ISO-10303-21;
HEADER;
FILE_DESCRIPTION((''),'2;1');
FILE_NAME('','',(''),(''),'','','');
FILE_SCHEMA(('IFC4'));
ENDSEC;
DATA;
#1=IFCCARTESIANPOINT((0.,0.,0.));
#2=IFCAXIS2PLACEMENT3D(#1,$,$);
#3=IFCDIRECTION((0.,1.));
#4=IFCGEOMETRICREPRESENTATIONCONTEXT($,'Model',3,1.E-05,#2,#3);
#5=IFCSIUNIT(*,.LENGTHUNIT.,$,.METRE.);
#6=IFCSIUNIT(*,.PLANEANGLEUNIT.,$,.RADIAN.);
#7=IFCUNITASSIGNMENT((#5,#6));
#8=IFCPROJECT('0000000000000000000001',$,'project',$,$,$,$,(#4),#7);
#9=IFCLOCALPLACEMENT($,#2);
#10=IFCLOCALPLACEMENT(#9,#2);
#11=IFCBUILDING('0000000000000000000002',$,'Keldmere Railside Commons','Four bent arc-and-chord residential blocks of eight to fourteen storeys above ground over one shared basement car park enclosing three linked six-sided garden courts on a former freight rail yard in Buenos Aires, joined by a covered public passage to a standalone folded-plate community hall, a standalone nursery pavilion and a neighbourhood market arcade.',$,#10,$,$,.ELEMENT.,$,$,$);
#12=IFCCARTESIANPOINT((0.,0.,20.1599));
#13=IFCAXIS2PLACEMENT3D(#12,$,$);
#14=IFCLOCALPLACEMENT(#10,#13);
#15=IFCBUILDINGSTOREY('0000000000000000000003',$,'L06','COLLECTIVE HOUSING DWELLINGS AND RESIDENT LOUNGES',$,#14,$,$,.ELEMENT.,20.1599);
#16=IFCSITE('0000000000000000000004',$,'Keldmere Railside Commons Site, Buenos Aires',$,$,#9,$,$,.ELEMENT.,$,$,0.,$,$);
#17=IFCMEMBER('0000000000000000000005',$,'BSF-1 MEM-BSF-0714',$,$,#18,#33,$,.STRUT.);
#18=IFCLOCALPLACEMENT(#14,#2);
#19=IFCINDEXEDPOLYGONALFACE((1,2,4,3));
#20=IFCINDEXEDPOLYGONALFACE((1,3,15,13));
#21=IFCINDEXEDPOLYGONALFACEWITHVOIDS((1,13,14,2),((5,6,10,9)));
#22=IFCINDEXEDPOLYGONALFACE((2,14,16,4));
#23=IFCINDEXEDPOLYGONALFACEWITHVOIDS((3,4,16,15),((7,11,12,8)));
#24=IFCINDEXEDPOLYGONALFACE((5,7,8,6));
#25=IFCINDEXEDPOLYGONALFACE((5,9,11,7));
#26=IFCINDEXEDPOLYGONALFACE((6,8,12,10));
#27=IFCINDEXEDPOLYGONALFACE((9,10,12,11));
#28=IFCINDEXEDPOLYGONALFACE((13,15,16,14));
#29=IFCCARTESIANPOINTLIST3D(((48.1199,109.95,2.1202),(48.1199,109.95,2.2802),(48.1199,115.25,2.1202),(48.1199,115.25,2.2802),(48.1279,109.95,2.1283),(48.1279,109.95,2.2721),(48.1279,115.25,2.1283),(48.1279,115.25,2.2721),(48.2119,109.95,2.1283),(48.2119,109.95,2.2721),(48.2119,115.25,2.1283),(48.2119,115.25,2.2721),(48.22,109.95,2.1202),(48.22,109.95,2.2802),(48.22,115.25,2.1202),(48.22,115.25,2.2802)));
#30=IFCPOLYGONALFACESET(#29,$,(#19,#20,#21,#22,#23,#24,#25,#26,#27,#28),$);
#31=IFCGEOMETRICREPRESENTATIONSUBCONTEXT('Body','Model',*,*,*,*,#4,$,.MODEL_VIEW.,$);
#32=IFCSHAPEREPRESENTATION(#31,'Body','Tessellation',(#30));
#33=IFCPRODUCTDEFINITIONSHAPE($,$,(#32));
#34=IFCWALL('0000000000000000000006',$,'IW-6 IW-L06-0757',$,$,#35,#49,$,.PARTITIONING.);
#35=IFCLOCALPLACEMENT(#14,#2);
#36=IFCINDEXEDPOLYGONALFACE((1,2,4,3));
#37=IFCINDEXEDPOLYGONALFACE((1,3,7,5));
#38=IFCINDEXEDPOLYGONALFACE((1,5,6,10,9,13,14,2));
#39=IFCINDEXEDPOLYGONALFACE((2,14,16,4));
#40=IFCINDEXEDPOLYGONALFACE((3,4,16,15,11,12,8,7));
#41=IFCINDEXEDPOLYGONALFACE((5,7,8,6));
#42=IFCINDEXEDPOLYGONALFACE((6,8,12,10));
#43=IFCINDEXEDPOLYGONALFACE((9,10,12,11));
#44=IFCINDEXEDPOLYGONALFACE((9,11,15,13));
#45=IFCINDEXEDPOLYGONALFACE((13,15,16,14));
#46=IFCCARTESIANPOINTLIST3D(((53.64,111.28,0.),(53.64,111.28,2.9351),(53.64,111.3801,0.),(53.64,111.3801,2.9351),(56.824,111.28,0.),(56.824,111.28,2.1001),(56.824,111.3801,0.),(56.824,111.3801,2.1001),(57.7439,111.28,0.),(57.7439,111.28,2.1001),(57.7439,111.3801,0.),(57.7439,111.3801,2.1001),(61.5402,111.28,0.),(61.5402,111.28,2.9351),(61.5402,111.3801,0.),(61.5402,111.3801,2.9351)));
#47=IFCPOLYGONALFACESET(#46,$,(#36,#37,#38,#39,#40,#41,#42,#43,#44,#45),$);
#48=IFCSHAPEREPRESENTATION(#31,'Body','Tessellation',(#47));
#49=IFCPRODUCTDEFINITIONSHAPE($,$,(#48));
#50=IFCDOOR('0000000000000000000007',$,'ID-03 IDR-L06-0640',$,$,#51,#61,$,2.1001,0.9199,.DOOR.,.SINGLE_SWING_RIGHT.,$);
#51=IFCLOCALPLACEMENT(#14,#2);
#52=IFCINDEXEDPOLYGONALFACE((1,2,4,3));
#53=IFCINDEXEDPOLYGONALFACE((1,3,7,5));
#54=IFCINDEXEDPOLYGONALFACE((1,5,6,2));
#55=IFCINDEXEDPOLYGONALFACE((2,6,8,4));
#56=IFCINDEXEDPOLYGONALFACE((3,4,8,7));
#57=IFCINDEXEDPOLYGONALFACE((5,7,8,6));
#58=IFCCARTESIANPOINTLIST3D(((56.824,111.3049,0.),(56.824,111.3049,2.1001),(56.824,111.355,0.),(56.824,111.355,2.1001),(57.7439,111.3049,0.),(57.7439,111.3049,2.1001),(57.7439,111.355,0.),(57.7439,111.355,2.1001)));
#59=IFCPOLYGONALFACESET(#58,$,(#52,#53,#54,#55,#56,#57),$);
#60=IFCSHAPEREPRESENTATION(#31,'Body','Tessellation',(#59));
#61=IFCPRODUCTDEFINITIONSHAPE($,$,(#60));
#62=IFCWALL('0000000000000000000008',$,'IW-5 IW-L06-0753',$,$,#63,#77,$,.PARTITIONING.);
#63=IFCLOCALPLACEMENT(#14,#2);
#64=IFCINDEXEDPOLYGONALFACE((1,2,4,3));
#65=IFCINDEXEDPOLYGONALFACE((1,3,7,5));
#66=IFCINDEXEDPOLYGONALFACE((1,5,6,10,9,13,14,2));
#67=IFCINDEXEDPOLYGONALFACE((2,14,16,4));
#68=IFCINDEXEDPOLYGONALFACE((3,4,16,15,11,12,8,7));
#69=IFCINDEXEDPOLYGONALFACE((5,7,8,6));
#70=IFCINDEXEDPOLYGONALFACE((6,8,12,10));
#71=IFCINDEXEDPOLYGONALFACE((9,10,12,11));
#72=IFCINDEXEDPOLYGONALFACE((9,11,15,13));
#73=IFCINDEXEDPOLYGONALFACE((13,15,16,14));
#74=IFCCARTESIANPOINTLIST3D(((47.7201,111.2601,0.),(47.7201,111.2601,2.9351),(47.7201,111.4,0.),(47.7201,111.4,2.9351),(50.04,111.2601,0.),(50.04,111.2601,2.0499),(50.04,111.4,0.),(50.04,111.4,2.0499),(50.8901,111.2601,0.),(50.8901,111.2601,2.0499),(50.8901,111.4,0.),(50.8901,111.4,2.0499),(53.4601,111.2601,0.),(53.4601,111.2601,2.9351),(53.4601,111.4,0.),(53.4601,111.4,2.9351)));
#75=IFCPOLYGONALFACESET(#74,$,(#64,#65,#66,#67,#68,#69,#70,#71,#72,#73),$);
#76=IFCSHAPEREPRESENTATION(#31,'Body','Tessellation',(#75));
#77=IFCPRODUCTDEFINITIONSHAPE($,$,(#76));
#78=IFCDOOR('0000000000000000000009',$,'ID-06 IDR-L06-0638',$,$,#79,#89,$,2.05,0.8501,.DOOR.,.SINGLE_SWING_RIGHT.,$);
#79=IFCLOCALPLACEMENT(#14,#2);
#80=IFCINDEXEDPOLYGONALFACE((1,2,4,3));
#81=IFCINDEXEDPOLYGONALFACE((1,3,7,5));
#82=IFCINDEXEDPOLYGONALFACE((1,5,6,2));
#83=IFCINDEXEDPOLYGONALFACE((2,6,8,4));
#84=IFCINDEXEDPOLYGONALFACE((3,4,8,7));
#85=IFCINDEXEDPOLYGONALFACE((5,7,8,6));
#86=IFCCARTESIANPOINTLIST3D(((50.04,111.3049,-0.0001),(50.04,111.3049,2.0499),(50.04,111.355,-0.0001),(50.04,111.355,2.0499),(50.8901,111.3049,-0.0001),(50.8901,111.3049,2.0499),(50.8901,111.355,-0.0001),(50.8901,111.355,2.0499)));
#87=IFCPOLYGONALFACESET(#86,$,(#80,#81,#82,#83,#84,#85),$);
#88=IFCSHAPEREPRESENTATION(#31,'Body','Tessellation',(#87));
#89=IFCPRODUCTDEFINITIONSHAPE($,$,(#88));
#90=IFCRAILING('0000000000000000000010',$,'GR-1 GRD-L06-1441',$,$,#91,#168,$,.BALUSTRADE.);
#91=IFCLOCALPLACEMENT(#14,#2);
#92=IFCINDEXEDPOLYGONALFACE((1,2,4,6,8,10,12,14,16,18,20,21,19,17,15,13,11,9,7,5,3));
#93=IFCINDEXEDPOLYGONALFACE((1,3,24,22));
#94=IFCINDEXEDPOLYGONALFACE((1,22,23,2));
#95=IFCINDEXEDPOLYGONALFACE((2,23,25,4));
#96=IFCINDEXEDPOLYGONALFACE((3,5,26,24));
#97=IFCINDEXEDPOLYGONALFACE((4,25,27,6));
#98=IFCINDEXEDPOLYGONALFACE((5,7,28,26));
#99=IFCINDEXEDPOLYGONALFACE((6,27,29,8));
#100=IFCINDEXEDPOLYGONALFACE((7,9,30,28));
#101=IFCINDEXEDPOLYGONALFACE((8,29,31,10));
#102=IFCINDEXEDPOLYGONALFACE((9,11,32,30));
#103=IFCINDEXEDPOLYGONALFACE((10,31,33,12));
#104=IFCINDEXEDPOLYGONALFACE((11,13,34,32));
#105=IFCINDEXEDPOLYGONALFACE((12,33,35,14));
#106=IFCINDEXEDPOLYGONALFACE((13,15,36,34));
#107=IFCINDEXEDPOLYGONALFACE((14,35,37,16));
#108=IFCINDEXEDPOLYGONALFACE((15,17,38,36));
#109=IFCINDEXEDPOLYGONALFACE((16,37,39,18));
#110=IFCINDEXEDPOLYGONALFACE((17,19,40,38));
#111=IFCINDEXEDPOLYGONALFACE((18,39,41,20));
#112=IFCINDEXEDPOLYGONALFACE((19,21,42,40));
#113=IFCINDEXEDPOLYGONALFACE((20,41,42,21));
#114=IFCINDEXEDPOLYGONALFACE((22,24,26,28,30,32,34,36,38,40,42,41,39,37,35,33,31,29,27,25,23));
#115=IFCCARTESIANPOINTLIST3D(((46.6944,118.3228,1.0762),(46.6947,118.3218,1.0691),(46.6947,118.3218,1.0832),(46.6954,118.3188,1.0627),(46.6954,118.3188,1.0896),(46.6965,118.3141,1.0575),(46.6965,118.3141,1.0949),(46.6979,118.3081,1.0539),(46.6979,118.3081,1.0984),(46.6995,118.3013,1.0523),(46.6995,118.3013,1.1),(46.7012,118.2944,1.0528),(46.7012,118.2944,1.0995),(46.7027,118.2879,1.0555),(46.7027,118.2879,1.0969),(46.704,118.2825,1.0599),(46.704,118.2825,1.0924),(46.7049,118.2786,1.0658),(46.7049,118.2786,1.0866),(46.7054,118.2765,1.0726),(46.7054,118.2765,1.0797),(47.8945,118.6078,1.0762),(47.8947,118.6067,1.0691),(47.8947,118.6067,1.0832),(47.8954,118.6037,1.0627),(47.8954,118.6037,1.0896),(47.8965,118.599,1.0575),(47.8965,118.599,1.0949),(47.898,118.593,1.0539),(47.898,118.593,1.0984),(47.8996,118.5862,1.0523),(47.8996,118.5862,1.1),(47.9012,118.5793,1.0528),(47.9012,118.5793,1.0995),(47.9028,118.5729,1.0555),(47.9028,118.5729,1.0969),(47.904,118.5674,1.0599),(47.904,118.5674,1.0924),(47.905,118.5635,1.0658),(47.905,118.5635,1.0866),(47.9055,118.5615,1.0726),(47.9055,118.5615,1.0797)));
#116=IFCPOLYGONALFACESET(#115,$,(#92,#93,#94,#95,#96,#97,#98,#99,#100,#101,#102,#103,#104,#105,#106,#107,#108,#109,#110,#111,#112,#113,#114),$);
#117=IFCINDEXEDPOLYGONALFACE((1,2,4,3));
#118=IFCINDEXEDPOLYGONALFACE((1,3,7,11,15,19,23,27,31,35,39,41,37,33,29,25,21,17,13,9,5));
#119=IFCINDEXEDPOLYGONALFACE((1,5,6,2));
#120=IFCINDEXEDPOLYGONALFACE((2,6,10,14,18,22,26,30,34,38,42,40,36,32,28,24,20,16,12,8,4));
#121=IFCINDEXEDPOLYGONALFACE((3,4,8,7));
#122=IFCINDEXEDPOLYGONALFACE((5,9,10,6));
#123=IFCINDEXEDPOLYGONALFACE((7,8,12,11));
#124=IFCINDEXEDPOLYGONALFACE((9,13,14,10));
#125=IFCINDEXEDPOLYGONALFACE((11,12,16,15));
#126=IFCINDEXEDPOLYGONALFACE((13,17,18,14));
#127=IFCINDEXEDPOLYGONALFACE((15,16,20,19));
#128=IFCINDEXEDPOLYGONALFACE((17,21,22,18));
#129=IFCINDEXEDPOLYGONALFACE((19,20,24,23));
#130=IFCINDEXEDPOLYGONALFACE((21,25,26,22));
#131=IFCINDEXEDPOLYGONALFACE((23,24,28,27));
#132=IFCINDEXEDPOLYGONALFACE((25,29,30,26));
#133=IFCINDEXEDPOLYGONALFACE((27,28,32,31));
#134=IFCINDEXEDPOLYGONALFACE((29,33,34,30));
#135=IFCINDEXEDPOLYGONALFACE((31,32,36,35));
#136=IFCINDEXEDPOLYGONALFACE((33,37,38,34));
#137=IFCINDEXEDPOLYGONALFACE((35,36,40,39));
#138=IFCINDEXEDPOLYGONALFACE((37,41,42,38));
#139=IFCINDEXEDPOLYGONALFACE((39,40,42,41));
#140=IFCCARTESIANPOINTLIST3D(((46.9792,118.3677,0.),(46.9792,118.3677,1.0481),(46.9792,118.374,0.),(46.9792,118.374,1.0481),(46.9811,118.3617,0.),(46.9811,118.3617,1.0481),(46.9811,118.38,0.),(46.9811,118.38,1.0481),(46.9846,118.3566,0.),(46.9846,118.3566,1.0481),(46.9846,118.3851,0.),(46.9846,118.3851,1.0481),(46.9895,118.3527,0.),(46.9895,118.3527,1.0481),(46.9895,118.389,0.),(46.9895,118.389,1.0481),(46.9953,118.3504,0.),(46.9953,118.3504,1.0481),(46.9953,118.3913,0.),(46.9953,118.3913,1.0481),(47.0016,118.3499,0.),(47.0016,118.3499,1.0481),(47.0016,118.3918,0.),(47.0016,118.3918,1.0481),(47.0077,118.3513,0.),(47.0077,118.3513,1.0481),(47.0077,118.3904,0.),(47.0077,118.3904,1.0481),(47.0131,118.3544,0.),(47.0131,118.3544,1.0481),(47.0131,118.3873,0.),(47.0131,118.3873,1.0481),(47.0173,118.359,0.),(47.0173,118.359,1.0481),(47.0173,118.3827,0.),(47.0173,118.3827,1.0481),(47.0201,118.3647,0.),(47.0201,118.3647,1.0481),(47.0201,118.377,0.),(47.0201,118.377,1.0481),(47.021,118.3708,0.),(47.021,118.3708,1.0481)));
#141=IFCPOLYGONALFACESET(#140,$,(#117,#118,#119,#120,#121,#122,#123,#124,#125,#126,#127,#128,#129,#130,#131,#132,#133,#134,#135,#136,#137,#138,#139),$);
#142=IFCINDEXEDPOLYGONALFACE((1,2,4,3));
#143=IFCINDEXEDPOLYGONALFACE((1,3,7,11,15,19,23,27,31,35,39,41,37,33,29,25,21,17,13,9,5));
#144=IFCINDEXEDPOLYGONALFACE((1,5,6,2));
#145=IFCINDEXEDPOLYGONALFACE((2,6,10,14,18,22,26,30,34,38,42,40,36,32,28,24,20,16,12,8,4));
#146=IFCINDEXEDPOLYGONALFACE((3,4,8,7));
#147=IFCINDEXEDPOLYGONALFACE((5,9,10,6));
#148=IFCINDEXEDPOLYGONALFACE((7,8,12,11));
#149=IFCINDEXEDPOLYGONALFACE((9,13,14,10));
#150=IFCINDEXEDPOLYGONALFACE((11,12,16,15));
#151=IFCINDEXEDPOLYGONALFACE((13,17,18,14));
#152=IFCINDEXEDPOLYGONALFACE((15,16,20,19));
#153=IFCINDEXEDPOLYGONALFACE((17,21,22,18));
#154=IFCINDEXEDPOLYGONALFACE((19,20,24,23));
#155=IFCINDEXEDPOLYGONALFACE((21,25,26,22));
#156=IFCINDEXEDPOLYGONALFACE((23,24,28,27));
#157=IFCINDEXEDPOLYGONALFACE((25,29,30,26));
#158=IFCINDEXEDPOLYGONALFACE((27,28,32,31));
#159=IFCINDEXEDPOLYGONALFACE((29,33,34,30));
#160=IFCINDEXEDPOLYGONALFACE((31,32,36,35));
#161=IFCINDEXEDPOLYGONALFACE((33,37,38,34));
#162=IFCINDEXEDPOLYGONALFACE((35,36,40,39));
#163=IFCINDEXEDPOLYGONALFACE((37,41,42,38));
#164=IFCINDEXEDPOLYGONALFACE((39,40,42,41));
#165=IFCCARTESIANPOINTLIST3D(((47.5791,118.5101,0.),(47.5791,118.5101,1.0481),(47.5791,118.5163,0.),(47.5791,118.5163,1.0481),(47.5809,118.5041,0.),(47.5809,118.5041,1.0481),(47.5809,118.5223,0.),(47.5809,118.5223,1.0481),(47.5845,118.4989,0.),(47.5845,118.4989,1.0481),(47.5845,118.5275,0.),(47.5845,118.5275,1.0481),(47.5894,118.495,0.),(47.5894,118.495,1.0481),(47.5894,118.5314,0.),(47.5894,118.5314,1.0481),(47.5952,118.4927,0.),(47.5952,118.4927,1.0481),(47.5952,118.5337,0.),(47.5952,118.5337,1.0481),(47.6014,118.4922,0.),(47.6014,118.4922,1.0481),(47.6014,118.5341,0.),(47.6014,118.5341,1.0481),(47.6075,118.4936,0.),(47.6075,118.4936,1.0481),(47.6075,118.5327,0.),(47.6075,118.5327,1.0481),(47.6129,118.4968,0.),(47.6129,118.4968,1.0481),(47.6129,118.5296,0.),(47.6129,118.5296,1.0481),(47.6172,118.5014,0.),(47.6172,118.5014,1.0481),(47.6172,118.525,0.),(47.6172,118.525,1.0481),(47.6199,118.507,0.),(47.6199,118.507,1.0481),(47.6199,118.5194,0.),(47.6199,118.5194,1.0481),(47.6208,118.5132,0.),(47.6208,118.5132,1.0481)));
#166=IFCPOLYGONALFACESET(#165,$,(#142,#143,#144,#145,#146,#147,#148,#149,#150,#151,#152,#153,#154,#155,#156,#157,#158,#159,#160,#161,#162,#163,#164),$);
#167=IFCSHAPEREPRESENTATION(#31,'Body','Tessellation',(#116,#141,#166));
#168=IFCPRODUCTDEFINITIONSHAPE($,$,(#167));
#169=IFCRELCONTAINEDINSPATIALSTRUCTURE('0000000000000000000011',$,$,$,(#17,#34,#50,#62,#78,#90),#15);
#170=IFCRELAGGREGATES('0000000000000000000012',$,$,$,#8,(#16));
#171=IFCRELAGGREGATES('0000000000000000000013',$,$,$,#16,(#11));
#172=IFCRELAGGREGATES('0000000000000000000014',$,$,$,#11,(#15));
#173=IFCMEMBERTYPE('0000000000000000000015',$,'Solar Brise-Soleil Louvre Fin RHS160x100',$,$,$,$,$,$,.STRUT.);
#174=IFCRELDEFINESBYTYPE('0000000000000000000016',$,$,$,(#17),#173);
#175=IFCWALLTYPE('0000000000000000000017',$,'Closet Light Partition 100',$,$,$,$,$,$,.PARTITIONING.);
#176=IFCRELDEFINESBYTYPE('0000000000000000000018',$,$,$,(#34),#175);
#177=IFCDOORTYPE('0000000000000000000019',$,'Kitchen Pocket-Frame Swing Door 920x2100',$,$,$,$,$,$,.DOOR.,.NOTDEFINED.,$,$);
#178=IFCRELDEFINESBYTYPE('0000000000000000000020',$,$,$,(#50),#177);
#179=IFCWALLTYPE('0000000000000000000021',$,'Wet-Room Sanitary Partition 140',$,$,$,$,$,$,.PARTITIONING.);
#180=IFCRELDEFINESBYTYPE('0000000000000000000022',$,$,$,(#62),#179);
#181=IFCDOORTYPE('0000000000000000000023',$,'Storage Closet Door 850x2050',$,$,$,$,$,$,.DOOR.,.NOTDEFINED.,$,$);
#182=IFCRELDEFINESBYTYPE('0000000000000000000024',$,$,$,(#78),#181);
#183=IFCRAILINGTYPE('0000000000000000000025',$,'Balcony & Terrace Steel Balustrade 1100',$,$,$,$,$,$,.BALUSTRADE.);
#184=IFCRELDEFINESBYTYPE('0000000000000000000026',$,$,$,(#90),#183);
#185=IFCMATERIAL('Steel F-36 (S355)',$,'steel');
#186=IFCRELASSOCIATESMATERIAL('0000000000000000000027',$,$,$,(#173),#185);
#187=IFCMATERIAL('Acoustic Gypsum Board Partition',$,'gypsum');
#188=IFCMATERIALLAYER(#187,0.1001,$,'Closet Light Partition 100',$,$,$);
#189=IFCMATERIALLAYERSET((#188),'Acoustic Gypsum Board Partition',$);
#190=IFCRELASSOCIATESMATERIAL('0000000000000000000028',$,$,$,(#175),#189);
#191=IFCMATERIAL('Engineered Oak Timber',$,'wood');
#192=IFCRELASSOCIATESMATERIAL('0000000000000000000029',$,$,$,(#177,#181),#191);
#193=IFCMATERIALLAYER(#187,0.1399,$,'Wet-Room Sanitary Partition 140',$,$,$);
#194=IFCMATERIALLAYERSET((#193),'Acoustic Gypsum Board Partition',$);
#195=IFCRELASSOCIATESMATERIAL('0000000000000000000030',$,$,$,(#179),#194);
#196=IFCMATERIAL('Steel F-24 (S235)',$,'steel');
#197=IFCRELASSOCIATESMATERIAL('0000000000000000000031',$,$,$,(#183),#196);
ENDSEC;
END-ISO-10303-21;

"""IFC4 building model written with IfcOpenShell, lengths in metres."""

from ifc_helpers import new_model, si_unit, direction, frame, frame_2d, origin, origin_2d, place, context, subcontext, project, spatial, rectangle, hollow_rectangle, circle, extrude, material, layer, layer_set, material_profile, profile_set, type_object, element, fill, save


model = new_model("IFC4")

# Units and contexts
model_context = context("Model", 3, precision=1e-05, world=origin(), true_north=direction((0.0, 1.0)))
body_context = subcontext(model_context, "Body", "Model", "MODEL_VIEW")
ifc_project = project(units=[si_unit("LENGTHUNIT", "METRE"), si_unit("PLANEANGLEUNIT", "RADIAN")], contexts=[model_context])

# Site, building, storey
site_placement = place(None, origin())
site = spatial("IfcSite", under=ifc_project, at=site_placement, Name="Keldmere Railside Commons Site, Buenos Aires", CompositionType="ELEMENT", RefElevation=0.0)
building_placement = place(site_placement, origin())
building = spatial("IfcBuilding", under=site, at=building_placement, Name="Keldmere Railside Commons", Description="Four bent arc-and-chord residential blocks of eight to fourteen storeys above ground over one shared basement car park enclosing three linked six-sided garden courts on a former freight rail yard in Buenos Aires, joined by a covered public passage to a standalone folded-plate community hall, a standalone nursery pavilion and a neighbourhood market arcade.", CompositionType="ELEMENT")
storey_placement = place(building_placement, frame((0.0, 0.0, 20.1599)))
storey = spatial("IfcBuildingStorey", under=building, at=storey_placement, Name="L06", Description="COLLECTIVE HOUSING DWELLINGS AND RESIDENT LOUNGES", CompositionType="ELEMENT", Elevation=20.1599)

# Shared definitions
ifc_material_1 = material(Name="Steel F-36 (S355)", Category="steel")

# Member
ifc_material_profile_1 = material_profile(ifc_material_1, hollow_rectangle(XDim=0.1001, YDim=0.1599, WallThickness=0.0081, at=origin_2d()), Name="RHS-160x100x8")
ifc_profile_set_1 = profile_set([ifc_material_profile_1], Name="Steel F-36 (S355)")
member_type_1 = type_object("IfcMemberType", Name="Solar Brise-Soleil Louvre Fin RHS160x100", PredefinedType="STRUT", material=ifc_profile_set_1)
member_1_placement = place(storey_placement, frame((48.1699, 109.95, 2.2002), z_axis=(0.0, 1.0, 0.0), x_axis=(-1.0, 0.0, 0.0)))
element("IfcMember", 1, at=member_1_placement, inside=storey, type_object=member_type_1, Name="BSF-1 MEM-BSF-0714", PredefinedType="STRUT", context=body_context, shape_type="SweptSolid", body=[
    extrude(hollow_rectangle(XDim=0.1001, YDim=0.1599, WallThickness=0.0081, at=origin_2d()), origin(), (0.0, 0.0, 1.0), 5.3),
])

# Walls, openings, doors
ifc_material_2 = material(Name="Acoustic Gypsum Board Partition", Category="gypsum")
ifc_layer_1 = layer(ifc_material_2, 0.1001, Name="Closet Light Partition 100")
ifc_layer_set_1 = layer_set([ifc_layer_1], Name="Acoustic Gypsum Board Partition")
wall_type_1 = type_object("IfcWallType", Name="Closet Light Partition 100", PredefinedType="PARTITIONING", material=ifc_layer_set_1)
wall_1_placement = place(storey_placement, frame((53.6399, 111.3301, 0.0), z_axis=(0.0, 0.0, 1.0), x_axis=(1.0, 0.0, 0.0)))
wall_1 = element("IfcWall", 2, at=wall_1_placement, inside=storey, type_object=wall_type_1, Name="IW-6 IW-L06-0757", PredefinedType="PARTITIONING", context=body_context, shape_type="SweptSolid", body=[
    extrude(rectangle(XDim=7.9001, YDim=0.1001, at=frame_2d((3.9502, 0.0))), origin(), (0.0, 0.0, 1.0), 2.9351),
])
opening_1_placement = place(wall_1_placement, frame((3.1841, 0.0, 0.0)))
opening_1 = element("IfcOpeningElement", 3, at=opening_1_placement, cuts=wall_1, PredefinedType="OPENING", context=body_context, shape_type="SweptSolid", body=[
    extrude(rectangle(XDim=0.9199, YDim=2.1001, at=frame_2d((0.46, 1.05))), frame((0.0, 0.0601, 0.0), z_axis=(0.0, -1.0, 0.0), x_axis=(1.0, 0.0, 0.0)), (0.0, 0.0, 1.0), 0.1201),
])
ifc_material_3 = material(Name="Engineered Oak Timber", Category="wood")
door_type_1 = type_object("IfcDoorType", Name="Kitchen Pocket-Frame Swing Door 920x2100", OperationType="NOTDEFINED", PredefinedType="DOOR", material=ifc_material_3)
door_1_placement = place(opening_1_placement, origin())
door_1 = element("IfcDoor", 4, at=door_1_placement, inside=storey, type_object=door_type_1, Name="ID-03 IDR-L06-0640", OperationType="SINGLE_SWING_RIGHT", OverallHeight=2.1001, OverallWidth=0.9199, PredefinedType="DOOR", context=body_context, shape_type="SweptSolid", body=[
    extrude(rectangle(XDim=0.9199, YDim=2.1001, at=frame_2d((0.46, 1.05))), frame((0.0, 0.0249, 0.0), z_axis=(0.0, -1.0, 0.0), x_axis=(1.0, 0.0, 0.0)), (0.0, 0.0, 1.0), 0.05),
])
fill(opening_1, door_1)
ifc_layer_2 = layer(ifc_material_2, 0.1399, Name="Wet-Room Sanitary Partition 140")
ifc_layer_set_2 = layer_set([ifc_layer_2], Name="Acoustic Gypsum Board Partition")
wall_type_2 = type_object("IfcWallType", Name="Wet-Room Sanitary Partition 140", PredefinedType="PARTITIONING", material=ifc_layer_set_2)
wall_2_placement = place(storey_placement, frame((47.72, 111.3301, 0.0), z_axis=(0.0, 0.0, 1.0), x_axis=(1.0, 0.0, 0.0)))
wall_2 = element("IfcWall", 5, at=wall_2_placement, inside=storey, type_object=wall_type_2, Name="IW-5 IW-L06-0753", PredefinedType="PARTITIONING", context=body_context, shape_type="SweptSolid", body=[
    extrude(rectangle(XDim=5.74, YDim=0.1399, at=frame_2d((2.8701, 0.0))), origin(), (0.0, 0.0, 1.0), 2.9351),
])
opening_2_placement = place(wall_2_placement, frame((2.3201, 0.0, 0.0)))
opening_2 = element("IfcOpeningElement", 6, at=opening_2_placement, cuts=wall_2, PredefinedType="OPENING", context=body_context, shape_type="SweptSolid", body=[
    extrude(rectangle(XDim=0.8501, YDim=2.05, at=frame_2d((0.425, 1.0249))), frame((0.0, 0.0798, 0.0), z_axis=(0.0, -1.0, 0.0), x_axis=(1.0, 0.0, 0.0)), (0.0, 0.0, 1.0), 0.1599),
])
door_type_2 = type_object("IfcDoorType", Name="Storage Closet Door 850x2050", OperationType="NOTDEFINED", PredefinedType="DOOR", material=ifc_material_3)
door_2_placement = place(opening_2_placement, origin())
door_2 = element("IfcDoor", 7, at=door_2_placement, inside=storey, type_object=door_type_2, Name="ID-06 IDR-L06-0638", OperationType="SINGLE_SWING_RIGHT", OverallHeight=2.05, OverallWidth=0.8501, PredefinedType="DOOR", context=body_context, shape_type="SweptSolid", body=[
    extrude(rectangle(XDim=0.8501, YDim=2.05, at=frame_2d((0.425, 1.0249))), frame((0.0, 0.0249, 0.0), z_axis=(0.0, -1.0, 0.0), x_axis=(1.0, 0.0, 0.0)), (0.0, 0.0, 1.0), 0.05),
])
fill(opening_2, door_2)

# Railing
ifc_material_4 = material(Name="Steel F-24 (S235)", Category="steel")
railing_type = type_object("IfcRailingType", Name="Balcony & Terrace Steel Balustrade 1100", PredefinedType="BALUSTRADE", material=ifc_material_4)
railing_1_placement = place(storey_placement, frame((46.7, 118.2996, 0.0)))
element("IfcRailing", 8, at=railing_1_placement, inside=storey, type_object=railing_type, Name="GR-1 GRD-L06-1441", PredefinedType="BALUSTRADE", context=body_context, shape_type="SweptSolid", body=[
    extrude(circle(Radius=0.0239, at=origin_2d()), frame((0.0, 0.0, 1.0762), z_axis=(0.97295, 0.231014, 0.0), x_axis=(-0.231014, 0.97295, 0.0)), (0.0, 0.0, 1.0), 1.2334),
    extrude(circle(Radius=0.021, at=origin_2d()), frame((0.3, 0.0713, 0.0)), (0.0, 0.0, 1.0), 1.0481),
    extrude(circle(Radius=0.021, at=origin_2d()), frame((0.8999, 0.2136, 0.0)), (0.0, 0.0, 1.0), 1.0481),
])

save(model, "model.ifc")
